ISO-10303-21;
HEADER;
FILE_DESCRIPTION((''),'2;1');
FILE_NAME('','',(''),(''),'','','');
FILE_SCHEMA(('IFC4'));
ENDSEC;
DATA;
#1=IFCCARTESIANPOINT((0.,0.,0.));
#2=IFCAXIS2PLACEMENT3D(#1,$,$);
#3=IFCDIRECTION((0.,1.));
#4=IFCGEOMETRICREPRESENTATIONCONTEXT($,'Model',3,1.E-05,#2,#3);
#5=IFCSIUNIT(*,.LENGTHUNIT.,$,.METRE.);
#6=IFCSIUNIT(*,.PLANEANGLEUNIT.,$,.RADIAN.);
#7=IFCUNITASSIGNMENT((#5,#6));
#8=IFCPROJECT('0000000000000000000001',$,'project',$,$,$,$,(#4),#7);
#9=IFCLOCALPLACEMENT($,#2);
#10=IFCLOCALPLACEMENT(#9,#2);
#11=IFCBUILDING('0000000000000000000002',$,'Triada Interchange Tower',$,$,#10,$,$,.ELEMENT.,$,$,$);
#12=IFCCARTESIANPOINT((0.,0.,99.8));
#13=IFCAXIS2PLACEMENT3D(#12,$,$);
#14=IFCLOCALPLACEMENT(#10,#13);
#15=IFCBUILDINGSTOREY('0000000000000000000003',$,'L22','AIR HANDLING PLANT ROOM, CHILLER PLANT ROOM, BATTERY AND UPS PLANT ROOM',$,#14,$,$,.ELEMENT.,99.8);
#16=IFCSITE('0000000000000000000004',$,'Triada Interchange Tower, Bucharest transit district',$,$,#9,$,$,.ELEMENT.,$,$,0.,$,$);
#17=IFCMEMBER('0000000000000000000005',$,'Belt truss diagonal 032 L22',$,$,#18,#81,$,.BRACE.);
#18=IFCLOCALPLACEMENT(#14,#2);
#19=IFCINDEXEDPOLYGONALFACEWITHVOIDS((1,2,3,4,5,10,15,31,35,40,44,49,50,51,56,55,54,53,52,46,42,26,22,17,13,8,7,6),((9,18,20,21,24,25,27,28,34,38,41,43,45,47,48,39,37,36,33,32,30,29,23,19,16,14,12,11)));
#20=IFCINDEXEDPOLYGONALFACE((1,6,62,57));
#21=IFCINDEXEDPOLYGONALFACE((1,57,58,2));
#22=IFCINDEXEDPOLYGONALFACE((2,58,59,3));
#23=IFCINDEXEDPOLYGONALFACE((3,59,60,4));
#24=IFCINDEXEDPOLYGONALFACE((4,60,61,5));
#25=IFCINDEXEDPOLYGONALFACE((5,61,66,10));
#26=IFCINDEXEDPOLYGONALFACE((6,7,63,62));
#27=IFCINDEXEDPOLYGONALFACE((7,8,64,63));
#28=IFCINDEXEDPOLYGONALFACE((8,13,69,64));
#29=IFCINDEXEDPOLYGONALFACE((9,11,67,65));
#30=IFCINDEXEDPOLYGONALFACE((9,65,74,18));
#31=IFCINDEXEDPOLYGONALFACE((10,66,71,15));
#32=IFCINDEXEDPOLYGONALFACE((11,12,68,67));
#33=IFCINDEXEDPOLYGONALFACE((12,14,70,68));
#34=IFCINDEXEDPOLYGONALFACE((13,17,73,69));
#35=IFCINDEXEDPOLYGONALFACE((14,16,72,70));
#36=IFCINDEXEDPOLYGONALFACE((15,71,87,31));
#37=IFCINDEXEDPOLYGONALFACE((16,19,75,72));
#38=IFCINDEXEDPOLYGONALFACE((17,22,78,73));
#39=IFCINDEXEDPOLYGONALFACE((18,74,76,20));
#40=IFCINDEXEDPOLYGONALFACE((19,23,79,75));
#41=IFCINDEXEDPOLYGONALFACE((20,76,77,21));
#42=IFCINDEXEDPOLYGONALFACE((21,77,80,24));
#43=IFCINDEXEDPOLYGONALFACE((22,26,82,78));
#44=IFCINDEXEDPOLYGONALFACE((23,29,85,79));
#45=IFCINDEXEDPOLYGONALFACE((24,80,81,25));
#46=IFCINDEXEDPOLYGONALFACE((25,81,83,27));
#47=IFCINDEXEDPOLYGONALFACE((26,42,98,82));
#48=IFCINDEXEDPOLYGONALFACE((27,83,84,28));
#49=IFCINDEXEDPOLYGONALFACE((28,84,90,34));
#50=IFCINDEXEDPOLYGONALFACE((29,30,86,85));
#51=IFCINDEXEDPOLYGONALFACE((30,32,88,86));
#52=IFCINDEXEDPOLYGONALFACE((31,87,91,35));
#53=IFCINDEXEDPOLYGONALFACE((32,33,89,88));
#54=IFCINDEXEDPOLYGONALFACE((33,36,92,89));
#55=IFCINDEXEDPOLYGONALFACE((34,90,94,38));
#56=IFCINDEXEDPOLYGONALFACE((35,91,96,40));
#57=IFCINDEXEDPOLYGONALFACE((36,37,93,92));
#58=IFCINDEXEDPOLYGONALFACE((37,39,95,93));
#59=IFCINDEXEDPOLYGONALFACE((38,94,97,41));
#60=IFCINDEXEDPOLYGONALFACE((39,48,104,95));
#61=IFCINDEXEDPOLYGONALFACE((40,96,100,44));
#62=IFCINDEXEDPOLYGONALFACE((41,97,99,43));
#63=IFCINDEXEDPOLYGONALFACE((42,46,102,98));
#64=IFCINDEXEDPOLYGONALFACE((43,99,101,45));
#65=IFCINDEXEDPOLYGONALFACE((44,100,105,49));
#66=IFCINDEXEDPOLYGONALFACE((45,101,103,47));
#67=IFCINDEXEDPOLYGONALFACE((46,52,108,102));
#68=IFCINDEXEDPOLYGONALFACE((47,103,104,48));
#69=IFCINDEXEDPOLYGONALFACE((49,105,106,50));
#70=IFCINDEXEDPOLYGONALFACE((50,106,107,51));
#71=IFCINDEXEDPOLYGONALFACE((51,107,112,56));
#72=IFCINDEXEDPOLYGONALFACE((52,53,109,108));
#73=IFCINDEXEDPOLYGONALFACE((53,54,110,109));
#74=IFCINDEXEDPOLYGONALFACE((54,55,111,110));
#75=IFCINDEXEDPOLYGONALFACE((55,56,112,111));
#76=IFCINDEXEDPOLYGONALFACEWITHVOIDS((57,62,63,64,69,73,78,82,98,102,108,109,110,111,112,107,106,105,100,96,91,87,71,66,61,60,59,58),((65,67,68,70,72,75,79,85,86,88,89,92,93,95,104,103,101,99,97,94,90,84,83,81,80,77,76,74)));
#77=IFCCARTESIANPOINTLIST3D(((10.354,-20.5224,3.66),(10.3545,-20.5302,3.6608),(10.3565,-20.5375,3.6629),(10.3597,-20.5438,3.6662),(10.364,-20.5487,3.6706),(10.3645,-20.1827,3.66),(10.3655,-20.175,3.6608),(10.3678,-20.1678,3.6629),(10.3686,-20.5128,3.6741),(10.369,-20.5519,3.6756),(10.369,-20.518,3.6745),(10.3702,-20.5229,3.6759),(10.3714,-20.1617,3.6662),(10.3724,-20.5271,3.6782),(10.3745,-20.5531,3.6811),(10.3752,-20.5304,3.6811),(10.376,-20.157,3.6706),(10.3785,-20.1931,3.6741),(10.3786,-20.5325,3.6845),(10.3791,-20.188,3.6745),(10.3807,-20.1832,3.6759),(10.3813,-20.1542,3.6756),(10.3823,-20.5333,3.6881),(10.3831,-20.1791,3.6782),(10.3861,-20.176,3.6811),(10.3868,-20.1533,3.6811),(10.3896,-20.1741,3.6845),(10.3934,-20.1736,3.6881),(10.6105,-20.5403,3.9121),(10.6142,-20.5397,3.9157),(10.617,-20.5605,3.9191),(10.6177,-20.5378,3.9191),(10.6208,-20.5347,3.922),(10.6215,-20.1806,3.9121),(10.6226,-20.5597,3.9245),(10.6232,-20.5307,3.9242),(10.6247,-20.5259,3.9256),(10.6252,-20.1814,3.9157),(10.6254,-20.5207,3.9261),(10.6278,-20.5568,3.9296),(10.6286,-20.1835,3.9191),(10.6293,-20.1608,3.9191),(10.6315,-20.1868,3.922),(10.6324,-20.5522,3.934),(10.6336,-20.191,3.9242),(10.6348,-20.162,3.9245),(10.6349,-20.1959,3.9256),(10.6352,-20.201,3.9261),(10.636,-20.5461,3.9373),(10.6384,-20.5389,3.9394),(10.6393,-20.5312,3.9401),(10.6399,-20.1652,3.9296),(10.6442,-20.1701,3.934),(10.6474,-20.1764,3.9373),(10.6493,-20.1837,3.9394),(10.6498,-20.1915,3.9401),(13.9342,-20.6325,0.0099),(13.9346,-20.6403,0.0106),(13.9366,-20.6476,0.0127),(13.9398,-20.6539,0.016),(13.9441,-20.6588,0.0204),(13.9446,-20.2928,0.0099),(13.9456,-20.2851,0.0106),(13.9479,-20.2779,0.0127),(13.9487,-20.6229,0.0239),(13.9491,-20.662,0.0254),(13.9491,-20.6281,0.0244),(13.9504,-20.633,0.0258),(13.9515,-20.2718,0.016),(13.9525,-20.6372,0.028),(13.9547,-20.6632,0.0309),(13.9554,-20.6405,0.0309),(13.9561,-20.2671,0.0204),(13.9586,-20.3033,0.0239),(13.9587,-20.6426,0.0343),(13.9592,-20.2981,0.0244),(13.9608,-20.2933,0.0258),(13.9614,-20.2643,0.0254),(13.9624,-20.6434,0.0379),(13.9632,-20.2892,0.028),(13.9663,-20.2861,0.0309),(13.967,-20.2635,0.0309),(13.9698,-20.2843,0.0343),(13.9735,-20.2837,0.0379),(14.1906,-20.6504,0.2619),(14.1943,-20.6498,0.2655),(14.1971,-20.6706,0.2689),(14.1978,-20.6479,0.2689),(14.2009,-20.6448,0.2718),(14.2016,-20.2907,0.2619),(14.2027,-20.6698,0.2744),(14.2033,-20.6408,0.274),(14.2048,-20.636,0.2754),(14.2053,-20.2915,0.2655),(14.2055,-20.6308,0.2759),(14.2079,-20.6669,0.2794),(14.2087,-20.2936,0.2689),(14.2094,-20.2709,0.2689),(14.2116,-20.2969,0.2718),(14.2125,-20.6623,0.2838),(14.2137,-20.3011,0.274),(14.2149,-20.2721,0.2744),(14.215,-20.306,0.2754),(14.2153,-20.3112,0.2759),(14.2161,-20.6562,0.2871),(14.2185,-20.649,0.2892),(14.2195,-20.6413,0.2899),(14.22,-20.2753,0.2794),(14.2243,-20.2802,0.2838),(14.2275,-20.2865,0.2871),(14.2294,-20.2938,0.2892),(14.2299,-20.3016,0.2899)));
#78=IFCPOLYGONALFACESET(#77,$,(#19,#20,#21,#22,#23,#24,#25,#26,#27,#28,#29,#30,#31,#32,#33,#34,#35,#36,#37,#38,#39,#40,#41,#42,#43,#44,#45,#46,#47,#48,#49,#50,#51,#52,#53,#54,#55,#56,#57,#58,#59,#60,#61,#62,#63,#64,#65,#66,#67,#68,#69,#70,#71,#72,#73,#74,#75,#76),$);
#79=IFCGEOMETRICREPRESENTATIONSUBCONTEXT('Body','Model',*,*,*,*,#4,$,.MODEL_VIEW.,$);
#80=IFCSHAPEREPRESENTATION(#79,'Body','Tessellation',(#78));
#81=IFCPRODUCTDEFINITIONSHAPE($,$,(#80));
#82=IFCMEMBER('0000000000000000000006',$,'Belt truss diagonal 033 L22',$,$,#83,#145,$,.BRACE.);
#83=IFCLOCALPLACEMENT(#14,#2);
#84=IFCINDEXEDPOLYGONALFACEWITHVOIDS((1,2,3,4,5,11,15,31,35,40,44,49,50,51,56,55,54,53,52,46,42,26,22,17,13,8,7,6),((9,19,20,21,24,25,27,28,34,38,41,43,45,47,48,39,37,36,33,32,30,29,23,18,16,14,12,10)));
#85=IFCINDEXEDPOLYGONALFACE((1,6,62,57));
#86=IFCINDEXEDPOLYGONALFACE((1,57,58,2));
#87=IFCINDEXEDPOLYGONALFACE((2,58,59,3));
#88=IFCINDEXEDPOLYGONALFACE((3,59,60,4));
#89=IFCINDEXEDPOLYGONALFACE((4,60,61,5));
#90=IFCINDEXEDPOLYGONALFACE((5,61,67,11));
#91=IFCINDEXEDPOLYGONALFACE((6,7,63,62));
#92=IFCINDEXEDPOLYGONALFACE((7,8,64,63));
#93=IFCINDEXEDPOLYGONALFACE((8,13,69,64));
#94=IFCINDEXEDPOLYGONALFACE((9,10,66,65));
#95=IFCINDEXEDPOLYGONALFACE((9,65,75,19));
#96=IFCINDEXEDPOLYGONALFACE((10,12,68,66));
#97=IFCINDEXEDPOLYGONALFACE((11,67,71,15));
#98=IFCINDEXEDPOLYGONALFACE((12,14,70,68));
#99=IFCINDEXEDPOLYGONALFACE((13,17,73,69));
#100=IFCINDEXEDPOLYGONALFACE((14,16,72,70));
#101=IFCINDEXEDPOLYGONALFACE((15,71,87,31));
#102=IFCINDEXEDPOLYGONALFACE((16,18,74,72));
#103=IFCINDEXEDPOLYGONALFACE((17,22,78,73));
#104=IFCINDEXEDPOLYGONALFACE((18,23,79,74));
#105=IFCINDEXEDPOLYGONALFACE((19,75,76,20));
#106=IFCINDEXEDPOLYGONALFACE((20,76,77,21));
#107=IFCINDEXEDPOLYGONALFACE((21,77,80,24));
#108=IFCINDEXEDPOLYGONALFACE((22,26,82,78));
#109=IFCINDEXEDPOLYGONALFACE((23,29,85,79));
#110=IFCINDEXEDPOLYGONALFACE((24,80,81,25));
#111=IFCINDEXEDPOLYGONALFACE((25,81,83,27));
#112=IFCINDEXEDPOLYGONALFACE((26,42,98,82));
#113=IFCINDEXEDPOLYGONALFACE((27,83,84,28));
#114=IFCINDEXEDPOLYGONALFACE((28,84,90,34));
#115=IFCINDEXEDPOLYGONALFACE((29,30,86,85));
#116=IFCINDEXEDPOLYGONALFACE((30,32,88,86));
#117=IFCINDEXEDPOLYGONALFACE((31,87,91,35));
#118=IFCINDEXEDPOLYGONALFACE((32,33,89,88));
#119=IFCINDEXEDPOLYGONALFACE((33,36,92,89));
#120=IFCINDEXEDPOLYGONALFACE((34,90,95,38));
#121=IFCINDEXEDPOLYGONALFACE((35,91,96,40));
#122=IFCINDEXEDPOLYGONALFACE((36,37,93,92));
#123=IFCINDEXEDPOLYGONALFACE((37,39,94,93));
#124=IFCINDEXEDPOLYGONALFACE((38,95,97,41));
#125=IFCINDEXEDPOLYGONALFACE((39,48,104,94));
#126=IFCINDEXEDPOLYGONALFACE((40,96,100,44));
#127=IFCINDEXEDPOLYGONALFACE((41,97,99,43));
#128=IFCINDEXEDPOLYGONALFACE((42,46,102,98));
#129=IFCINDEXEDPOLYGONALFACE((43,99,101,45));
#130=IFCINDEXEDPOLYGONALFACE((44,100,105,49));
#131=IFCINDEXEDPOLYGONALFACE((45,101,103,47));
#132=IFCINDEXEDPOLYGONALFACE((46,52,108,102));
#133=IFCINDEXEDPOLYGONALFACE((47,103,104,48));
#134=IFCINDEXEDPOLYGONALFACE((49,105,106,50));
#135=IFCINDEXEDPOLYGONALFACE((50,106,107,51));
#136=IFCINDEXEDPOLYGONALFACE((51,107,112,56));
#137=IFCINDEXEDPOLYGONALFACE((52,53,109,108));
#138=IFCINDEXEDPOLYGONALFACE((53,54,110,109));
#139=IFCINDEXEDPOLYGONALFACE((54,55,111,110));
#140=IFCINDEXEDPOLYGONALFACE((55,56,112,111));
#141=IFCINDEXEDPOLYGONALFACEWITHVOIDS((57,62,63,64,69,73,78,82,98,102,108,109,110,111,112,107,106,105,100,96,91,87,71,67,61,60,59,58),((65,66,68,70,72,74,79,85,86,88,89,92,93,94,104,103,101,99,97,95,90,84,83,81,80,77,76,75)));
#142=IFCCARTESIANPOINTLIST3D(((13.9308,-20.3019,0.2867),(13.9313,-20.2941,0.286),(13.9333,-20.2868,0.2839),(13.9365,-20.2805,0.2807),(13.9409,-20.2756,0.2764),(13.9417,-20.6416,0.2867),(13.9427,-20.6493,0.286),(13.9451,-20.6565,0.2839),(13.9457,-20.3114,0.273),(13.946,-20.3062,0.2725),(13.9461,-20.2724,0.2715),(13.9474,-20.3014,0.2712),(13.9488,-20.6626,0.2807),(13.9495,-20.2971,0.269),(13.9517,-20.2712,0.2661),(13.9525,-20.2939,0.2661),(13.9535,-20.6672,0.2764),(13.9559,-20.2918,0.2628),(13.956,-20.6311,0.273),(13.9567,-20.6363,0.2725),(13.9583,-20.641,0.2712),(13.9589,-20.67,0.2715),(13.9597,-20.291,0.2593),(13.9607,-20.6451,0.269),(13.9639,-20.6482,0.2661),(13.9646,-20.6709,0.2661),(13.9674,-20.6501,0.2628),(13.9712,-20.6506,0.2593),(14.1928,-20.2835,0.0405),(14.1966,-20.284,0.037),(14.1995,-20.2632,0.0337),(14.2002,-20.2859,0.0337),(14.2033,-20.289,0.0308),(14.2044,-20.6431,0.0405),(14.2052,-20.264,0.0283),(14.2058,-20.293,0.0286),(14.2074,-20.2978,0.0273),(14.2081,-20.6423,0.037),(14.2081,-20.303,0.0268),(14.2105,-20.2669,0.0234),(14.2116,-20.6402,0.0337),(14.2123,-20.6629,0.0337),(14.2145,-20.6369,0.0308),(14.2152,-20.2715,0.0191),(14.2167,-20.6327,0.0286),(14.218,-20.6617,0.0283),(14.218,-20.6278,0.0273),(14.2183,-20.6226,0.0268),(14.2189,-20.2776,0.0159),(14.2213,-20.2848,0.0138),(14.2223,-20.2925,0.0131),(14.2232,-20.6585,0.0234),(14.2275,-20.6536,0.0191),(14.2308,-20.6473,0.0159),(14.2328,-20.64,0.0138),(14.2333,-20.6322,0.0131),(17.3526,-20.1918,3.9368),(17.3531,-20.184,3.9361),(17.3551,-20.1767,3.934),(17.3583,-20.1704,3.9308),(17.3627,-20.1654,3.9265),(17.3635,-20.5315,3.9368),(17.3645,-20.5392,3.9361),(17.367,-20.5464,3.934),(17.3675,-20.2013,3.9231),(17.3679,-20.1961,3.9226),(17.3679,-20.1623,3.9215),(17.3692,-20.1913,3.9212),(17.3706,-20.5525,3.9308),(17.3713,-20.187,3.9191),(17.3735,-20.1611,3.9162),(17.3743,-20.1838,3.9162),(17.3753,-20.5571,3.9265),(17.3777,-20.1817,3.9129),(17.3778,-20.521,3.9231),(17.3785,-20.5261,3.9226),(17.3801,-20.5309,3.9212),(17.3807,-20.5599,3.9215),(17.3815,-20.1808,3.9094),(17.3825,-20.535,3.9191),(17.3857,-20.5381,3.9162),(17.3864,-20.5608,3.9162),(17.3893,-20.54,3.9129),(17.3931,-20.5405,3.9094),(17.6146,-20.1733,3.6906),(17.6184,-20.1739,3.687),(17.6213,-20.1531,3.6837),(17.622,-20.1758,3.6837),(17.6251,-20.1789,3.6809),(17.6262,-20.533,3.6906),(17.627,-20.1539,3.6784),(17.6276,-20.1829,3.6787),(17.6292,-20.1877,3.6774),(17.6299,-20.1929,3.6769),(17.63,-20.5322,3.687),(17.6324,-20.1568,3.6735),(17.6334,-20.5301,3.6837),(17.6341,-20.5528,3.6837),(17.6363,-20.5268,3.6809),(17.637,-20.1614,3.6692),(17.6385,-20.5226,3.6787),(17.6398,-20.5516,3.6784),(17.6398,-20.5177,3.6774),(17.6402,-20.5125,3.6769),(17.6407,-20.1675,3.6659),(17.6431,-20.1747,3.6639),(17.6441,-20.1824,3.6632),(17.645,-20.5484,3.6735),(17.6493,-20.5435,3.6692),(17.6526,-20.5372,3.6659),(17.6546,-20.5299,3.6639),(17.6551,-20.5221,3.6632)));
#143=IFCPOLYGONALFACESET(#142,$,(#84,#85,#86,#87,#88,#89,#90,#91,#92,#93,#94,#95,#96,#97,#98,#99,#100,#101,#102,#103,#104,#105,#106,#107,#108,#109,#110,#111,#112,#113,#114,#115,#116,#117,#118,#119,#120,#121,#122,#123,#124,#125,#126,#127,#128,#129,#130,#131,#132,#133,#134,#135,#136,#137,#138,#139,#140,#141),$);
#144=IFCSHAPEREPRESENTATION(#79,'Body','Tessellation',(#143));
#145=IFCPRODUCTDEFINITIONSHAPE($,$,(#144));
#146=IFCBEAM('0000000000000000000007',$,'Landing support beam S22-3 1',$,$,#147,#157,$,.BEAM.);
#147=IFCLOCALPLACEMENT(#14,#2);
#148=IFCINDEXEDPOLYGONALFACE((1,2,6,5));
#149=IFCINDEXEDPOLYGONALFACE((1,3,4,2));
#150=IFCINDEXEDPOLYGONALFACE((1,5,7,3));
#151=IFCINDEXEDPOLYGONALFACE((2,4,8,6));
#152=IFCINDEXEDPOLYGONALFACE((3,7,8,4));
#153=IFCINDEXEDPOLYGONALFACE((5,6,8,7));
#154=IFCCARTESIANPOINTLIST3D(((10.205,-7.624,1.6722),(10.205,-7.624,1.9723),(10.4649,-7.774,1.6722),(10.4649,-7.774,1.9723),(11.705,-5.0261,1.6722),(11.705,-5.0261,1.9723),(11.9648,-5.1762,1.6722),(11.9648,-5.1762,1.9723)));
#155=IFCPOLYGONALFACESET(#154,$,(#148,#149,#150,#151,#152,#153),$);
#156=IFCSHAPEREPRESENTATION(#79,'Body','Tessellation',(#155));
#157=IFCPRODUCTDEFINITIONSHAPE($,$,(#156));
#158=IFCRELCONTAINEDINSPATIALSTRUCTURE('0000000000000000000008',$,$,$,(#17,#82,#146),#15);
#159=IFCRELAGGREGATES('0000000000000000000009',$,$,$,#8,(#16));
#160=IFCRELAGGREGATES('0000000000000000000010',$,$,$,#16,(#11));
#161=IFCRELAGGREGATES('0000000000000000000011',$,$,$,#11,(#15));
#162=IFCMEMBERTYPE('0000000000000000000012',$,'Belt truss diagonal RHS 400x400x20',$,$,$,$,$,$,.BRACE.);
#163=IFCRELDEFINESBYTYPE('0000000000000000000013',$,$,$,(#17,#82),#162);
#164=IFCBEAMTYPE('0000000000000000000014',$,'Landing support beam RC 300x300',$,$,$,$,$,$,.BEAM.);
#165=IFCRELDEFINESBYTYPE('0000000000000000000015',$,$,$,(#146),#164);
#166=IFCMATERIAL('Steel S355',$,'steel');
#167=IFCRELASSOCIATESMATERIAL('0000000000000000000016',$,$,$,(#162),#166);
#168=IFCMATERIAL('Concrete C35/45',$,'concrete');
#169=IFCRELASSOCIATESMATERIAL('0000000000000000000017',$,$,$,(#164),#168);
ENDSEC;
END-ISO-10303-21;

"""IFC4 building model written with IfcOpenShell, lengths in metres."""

from ifc_helpers import new_model, si_unit, direction, frame, origin, origin_2d, place, context, subcontext, project, spatial, rectangle, hollow_rectangle, extrude, material, material_profile, profile_set, type_object, element, save


model = new_model("IFC4")

# Units and contexts
model_context = context("Model", 3, precision=1e-05, world=origin(), true_north=direction((0.0, 1.0)))
body_context = subcontext(model_context, "Body", "Model", "MODEL_VIEW")
ifc_project = project(units=[si_unit("LENGTHUNIT", "METRE"), si_unit("PLANEANGLEUNIT", "RADIAN")], contexts=[model_context])

# Site, building, storey
site_placement = place(None, origin())
site = spatial("IfcSite", under=ifc_project, at=site_placement, Name="Triada Interchange Tower, Bucharest transit district", CompositionType="ELEMENT", RefElevation=0.0)
building_placement = place(site_placement, origin())
building = spatial("IfcBuilding", under=site, at=building_placement, Name="Triada Interchange Tower", CompositionType="ELEMENT")
storey_placement = place(building_placement, frame((0.0, 0.0, 99.8)))
storey = spatial("IfcBuildingStorey", under=building, at=storey_placement, Name="L22", Description="AIR HANDLING PLANT ROOM, CHILLER PLANT ROOM, BATTERY AND UPS PLANT ROOM", CompositionType="ELEMENT", Elevation=99.8)

# Members
ifc_material_1 = material(Name="Steel S355", Category="steel")
ifc_material_profile_1 = material_profile(ifc_material_1, hollow_rectangle(XDim=0.3999, YDim=0.3999, WallThickness=0.02, InnerFilletRadius=0.02, OuterFilletRadius=0.03, at=origin_2d()), Name="RHS 400x400x20")
ifc_profile_set_1 = profile_set([ifc_material_profile_1], Name="Steel S355")
member_type_1 = type_object("IfcMemberType", Name="Belt truss diagonal RHS 400x400x20", PredefinedType="BRACE", material=ifc_profile_set_1)
member_1_placement = place(storey_placement, frame((14.082, -20.467, 0.1499), z_axis=(-0.700059, 0.021531, 0.71376), x_axis=(-0.030741, -0.999527, 0.0)))
element("IfcMember", 1, at=member_1_placement, inside=storey, type_object=member_type_1, Name="Belt truss diagonal 032 L22", PredefinedType="BRACE", context=body_context, shape_type="SweptSolid", body=[
    extrude(hollow_rectangle(XDim=0.3999, YDim=0.3999, WallThickness=0.02, InnerFilletRadius=0.02, OuterFilletRadius=0.03, at=origin_2d()), origin(), (0.0, 0.0, 1.0), 5.114),
])
member_2_placement = place(storey_placement, frame((14.082, -20.467, 0.1499), z_axis=(0.683761, 0.022002, 0.729374), x_axis=(-0.032161, 0.999483, 0.0)))
element("IfcMember", 2, at=member_2_placement, inside=storey, type_object=member_type_1, Name="Belt truss diagonal 033 L22", PredefinedType="BRACE", context=body_context, shape_type="SweptSolid", body=[
    extrude(hollow_rectangle(XDim=0.3999, YDim=0.3999, WallThickness=0.02, InnerFilletRadius=0.02, OuterFilletRadius=0.03, at=origin_2d()), origin(), (0.0, 0.0, 1.0), 5.0044),
])

# Beam
ifc_material_2 = material(Name="Concrete C35/45", Category="concrete")
ifc_material_profile_2 = material_profile(ifc_material_2, rectangle(XDim=0.3, YDim=0.3, at=origin_2d()), Name="RC 300x300")
ifc_profile_set_2 = profile_set([ifc_material_profile_2], Name="Concrete C35/45")
beam_type = type_object("IfcBeamType", Name="Landing support beam RC 300x300", PredefinedType="BEAM", material=ifc_profile_set_2)
beam_placement = place(storey_placement, frame((10.335, -7.699, 1.8223), z_axis=(0.500025, 0.866011, 0.0), x_axis=(-0.866011, 0.500025, 0.0)))
element("IfcBeam", 3, at=beam_placement, inside=storey, type_object=beam_type, Name="Landing support beam S22-3 1", PredefinedType="BEAM", context=body_context, shape_type="SweptSolid", body=[
    extrude(rectangle(XDim=0.3, YDim=0.3, at=origin_2d()), origin(), (0.0, 0.0, 1.0), 2.9998),
])

save(model, "model.ifc")
